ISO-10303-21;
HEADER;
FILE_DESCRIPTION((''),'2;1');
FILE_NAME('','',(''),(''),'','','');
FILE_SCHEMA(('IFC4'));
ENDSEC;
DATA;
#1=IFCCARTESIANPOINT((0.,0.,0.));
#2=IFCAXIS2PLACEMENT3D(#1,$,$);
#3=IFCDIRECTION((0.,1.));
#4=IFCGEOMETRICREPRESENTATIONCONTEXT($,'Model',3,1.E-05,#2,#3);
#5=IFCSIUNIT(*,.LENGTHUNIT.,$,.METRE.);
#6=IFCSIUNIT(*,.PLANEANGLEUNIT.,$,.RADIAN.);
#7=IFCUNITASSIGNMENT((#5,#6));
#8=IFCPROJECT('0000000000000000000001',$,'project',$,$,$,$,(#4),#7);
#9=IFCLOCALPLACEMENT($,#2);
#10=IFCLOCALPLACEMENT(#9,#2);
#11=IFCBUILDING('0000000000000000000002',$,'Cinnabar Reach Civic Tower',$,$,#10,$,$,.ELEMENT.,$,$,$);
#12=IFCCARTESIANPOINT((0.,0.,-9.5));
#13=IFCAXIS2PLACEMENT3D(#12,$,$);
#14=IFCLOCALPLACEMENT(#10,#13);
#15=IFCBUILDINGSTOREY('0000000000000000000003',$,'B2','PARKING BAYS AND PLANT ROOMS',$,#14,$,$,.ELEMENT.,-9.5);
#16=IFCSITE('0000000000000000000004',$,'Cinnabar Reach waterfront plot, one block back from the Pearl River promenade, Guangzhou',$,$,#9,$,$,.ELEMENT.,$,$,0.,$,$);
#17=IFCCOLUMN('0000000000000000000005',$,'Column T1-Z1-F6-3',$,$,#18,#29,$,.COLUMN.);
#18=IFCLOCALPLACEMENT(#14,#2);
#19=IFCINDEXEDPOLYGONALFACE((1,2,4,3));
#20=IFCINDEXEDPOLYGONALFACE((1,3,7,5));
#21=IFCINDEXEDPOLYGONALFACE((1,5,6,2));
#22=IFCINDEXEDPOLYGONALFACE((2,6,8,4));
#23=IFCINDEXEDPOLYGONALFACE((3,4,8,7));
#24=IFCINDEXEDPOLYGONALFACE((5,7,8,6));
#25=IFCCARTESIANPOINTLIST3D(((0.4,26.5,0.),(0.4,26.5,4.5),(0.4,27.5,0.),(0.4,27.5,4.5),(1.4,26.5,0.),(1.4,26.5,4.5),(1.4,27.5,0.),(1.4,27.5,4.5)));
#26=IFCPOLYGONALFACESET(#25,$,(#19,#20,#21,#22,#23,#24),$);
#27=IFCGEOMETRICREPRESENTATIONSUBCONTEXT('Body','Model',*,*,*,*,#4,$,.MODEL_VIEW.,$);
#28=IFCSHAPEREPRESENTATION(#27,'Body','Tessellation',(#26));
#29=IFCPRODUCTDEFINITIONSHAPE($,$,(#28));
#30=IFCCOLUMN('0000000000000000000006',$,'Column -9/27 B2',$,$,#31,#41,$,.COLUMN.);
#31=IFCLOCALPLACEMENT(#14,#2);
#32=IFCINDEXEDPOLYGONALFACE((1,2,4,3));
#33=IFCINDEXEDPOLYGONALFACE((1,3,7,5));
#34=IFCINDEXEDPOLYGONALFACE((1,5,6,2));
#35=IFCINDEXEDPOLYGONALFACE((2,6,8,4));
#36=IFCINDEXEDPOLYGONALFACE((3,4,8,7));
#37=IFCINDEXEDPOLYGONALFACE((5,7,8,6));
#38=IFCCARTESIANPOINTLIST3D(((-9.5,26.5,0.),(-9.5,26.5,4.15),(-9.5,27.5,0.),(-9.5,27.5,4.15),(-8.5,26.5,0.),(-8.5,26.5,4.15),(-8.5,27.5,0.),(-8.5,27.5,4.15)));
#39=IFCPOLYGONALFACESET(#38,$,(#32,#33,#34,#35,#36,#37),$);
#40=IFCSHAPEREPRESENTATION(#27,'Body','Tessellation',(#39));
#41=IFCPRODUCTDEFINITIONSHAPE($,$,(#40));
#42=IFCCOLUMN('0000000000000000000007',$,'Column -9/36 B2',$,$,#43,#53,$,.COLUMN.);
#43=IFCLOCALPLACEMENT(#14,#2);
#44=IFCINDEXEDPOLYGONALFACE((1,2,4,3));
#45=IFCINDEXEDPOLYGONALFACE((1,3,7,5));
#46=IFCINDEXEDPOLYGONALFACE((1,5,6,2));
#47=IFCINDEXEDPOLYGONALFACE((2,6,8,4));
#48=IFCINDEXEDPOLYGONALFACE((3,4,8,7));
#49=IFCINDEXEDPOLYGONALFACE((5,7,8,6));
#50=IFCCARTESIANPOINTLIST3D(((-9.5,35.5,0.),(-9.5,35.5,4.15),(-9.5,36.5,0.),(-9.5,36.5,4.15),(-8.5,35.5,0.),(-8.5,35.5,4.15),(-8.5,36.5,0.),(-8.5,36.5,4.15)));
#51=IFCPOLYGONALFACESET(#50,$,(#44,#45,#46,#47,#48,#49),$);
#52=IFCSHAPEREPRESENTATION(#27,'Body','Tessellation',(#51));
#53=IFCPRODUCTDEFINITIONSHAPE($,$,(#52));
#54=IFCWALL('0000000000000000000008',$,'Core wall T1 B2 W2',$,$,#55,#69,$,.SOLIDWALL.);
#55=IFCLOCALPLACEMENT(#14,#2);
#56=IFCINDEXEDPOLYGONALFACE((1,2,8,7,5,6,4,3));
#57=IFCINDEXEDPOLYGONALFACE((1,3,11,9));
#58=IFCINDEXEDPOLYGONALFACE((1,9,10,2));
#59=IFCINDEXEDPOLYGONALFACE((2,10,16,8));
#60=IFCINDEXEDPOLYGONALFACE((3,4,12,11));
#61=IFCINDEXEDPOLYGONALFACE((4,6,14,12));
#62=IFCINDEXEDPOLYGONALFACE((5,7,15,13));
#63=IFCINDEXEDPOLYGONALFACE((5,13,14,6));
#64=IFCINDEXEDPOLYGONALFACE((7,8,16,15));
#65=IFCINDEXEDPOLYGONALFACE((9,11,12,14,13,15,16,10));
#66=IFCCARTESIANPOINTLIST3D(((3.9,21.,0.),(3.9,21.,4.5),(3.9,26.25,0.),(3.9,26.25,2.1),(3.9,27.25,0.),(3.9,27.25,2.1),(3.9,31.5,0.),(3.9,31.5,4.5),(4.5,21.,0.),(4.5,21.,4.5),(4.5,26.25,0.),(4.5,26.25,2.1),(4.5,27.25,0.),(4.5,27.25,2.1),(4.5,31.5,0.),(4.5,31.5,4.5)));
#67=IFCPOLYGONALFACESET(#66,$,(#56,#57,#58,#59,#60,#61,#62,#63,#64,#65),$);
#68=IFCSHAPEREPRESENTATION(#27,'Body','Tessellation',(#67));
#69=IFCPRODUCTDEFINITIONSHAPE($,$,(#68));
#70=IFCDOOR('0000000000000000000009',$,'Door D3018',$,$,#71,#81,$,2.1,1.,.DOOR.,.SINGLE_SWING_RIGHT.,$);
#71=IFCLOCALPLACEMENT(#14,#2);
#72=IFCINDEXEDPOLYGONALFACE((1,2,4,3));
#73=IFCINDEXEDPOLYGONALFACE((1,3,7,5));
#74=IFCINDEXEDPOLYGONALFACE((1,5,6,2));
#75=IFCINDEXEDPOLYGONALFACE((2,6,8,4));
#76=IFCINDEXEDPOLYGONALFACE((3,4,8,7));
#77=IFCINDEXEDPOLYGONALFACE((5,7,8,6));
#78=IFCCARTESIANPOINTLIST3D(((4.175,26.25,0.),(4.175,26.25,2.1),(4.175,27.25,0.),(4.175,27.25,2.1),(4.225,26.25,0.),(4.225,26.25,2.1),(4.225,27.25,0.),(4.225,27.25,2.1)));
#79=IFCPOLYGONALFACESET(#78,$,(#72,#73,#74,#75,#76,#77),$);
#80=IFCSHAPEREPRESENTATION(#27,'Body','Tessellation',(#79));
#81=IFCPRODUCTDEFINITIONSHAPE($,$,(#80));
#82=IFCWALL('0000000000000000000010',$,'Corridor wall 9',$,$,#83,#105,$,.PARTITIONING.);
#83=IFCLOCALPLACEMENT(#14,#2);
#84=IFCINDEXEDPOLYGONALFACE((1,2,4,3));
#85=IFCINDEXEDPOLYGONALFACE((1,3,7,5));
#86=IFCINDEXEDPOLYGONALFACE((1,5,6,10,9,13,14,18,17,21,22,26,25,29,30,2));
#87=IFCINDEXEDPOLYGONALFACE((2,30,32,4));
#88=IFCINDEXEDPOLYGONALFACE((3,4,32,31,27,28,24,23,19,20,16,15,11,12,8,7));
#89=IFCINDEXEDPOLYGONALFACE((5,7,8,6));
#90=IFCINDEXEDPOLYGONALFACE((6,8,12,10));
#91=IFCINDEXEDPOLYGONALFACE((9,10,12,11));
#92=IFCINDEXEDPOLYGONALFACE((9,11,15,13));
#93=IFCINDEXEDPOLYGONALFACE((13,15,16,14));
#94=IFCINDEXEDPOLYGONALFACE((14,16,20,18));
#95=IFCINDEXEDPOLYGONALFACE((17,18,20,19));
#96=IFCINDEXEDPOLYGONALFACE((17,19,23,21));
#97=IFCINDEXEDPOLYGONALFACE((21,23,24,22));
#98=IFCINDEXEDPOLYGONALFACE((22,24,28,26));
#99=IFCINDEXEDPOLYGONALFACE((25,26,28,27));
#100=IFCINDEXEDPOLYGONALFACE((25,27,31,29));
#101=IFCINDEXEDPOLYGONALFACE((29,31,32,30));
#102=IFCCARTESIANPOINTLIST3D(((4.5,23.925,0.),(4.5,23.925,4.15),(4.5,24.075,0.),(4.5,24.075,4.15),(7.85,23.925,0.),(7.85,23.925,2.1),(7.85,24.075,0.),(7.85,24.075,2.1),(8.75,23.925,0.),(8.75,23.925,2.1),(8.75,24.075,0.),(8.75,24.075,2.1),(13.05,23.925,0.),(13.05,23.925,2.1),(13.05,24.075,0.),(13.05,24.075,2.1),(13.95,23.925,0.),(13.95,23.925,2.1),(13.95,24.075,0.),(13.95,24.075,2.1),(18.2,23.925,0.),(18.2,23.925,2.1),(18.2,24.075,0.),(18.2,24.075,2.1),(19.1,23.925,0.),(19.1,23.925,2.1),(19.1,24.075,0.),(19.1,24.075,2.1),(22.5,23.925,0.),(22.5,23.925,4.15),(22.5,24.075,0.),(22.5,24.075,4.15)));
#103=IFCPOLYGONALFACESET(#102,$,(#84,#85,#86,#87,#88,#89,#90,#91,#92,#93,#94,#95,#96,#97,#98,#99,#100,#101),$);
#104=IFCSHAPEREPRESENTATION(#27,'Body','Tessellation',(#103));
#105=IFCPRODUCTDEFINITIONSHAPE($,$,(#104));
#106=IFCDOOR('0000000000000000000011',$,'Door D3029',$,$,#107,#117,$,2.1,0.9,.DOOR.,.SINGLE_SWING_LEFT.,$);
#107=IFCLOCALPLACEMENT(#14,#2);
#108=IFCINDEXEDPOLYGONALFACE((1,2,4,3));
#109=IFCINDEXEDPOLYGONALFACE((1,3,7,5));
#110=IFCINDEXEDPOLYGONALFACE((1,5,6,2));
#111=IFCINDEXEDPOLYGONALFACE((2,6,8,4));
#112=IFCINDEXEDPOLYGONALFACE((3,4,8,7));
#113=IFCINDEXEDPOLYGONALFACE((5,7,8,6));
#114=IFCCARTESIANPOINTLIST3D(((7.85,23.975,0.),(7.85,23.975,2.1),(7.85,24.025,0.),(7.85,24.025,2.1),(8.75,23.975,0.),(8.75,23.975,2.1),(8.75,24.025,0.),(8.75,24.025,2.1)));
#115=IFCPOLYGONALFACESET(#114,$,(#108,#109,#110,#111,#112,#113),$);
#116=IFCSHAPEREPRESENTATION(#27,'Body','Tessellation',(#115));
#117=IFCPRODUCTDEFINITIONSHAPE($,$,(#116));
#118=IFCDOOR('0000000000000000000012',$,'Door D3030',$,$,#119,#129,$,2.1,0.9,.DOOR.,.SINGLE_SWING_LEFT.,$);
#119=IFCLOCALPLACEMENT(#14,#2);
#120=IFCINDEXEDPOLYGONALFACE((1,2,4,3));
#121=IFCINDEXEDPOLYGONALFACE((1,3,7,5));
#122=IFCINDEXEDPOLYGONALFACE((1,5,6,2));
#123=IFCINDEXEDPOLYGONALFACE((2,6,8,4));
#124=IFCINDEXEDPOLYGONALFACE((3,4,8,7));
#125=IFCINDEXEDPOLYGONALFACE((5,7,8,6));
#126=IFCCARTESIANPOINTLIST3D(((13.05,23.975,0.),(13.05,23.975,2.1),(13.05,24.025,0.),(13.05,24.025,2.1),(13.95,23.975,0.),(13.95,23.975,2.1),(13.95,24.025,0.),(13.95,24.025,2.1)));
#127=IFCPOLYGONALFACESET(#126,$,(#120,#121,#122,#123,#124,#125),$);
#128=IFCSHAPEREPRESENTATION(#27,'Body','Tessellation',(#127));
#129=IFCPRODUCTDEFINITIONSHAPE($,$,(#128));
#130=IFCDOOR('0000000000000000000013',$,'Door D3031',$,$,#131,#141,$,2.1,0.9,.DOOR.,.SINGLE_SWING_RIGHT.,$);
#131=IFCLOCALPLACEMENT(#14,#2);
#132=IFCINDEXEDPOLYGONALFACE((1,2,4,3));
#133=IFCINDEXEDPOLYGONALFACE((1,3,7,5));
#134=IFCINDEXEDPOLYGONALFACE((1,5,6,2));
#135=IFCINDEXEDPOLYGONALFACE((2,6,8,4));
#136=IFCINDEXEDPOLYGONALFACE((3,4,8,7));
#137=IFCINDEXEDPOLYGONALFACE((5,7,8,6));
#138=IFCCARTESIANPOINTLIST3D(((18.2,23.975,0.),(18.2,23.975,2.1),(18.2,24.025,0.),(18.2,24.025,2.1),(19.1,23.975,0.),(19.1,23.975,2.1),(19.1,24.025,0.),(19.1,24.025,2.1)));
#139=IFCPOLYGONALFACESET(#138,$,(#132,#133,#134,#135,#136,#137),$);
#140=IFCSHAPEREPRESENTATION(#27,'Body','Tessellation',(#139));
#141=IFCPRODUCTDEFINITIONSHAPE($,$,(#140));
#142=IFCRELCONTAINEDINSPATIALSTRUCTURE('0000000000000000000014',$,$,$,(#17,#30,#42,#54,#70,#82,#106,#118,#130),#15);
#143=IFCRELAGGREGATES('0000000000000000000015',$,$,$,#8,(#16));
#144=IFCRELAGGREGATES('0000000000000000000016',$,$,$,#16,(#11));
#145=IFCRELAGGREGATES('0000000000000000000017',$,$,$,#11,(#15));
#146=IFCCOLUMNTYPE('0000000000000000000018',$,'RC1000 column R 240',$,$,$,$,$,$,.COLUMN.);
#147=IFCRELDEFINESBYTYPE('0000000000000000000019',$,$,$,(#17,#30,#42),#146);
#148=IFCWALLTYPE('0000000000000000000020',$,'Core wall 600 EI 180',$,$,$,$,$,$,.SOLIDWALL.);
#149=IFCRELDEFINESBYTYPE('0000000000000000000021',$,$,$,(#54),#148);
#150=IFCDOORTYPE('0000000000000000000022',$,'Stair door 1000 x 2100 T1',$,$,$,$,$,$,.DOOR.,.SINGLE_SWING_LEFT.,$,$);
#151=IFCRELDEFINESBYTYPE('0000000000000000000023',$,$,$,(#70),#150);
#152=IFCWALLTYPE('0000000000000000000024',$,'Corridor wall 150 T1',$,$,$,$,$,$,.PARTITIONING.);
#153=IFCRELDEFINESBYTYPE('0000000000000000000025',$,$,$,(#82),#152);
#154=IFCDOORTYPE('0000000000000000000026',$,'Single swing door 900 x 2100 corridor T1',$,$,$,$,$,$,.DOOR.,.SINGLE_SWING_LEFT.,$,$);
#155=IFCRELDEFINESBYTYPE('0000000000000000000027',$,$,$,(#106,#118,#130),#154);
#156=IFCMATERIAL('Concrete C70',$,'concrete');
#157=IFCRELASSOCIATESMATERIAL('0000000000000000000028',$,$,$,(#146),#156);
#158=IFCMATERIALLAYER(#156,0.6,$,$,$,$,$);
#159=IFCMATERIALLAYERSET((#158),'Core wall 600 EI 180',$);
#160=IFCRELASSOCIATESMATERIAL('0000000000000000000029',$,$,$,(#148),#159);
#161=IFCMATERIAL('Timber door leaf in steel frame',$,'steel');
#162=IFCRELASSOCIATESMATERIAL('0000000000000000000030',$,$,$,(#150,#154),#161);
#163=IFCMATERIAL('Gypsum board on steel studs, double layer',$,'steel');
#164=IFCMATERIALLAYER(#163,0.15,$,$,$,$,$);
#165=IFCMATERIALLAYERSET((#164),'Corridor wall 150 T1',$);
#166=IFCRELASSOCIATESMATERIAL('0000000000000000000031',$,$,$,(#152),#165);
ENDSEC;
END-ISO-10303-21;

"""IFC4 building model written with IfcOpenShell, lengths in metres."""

from ifc_helpers import new_model, si_unit, direction, frame, frame_2d, origin, origin_2d, place, context, subcontext, project, spatial, rectangle, extrude, material, layer, layer_set, material_profile, profile_set, type_object, element, fill, save


model = new_model("IFC4")

# Units and contexts
model_context = context("Model", 3, precision=1e-05, world=origin(), true_north=direction((0.0, 1.0)))
body_context = subcontext(model_context, "Body", "Model", "MODEL_VIEW")
ifc_project = project(units=[si_unit("LENGTHUNIT", "METRE"), si_unit("PLANEANGLEUNIT", "RADIAN")], contexts=[model_context])

# Site, building, storey
site_placement = place(None, origin())
site = spatial("IfcSite", under=ifc_project, at=site_placement, Name="Cinnabar Reach waterfront plot, one block back from the Pearl River promenade, Guangzhou", CompositionType="ELEMENT", RefElevation=0.0)
building_placement = place(site_placement, origin())
building = spatial("IfcBuilding", under=site, at=building_placement, Name="Cinnabar Reach Civic Tower", CompositionType="ELEMENT")
storey_placement = place(building_placement, frame((0.0, 0.0, -9.5)))
storey = spatial("IfcBuildingStorey", under=building, at=storey_placement, Name="B2", Description="PARKING BAYS AND PLANT ROOMS", CompositionType="ELEMENT", Elevation=-9.5)

# Columns
ifc_material_1 = material(Name="Concrete C70", Category="concrete")
ifc_material_profile = material_profile(ifc_material_1, rectangle(XDim=1.0, YDim=1.0, at=origin_2d()), Name="RC1000")
ifc_profile_set = profile_set([ifc_material_profile], Name="Concrete C70")
column_type = type_object("IfcColumnType", Name="RC1000 column R 240", PredefinedType="COLUMN", material=ifc_profile_set)
column_placement = place(storey_placement, frame((0.9, 27.0, 0.0), z_axis=(0.0, 0.0, 1.0), x_axis=(1.0, 0.0, 0.0)))
element("IfcColumn", 1, at=column_placement, inside=storey, type_object=column_type, Name="Column T1-Z1-F6-3", PredefinedType="COLUMN", context=body_context, shape_type="SweptSolid", body=[
    extrude(rectangle(XDim=1.0, YDim=1.0, at=origin_2d()), origin(), (0.0, 0.0, 1.0), 4.5),
])
for number, where, z_axis, x_axis, name in (
    (2, (-9.0, 27.0, 0.0), (0.0, 0.0, 1.0), (1.0, 0.0, 0.0), "Column -9/27 B2"),
    (3, (-9.0, 36.0, 0.0), (0.0, 0.0, 1.0), (1.0, 0.0, 0.0), "Column -9/36 B2"),
):
    element("IfcColumn", number, at=place(storey_placement, frame(where, z_axis=z_axis, x_axis=x_axis)), inside=storey, type_object=column_type, Name=name, PredefinedType="COLUMN", context=body_context, shape_type="SweptSolid", body=[
        extrude(rectangle(XDim=1.0, YDim=1.0, at=origin_2d()), origin(), (0.0, 0.0, 1.0), 4.15),
    ])

# Wall, opening, door
ifc_layer_1 = layer(ifc_material_1, 0.6)
ifc_layer_set_1 = layer_set([ifc_layer_1], Name="Core wall 600 EI 180")
wall_type_1 = type_object("IfcWallType", Name="Core wall 600 EI 180", PredefinedType="SOLIDWALL", material=ifc_layer_set_1)
wall_1_placement = place(storey_placement, frame((4.2, 31.5, 0.0), z_axis=(0.0, 0.0, 1.0), x_axis=(0.0, -1.0, 0.0)))
wall_1 = element("IfcWall", 4, at=wall_1_placement, inside=storey, type_object=wall_type_1, Name="Core wall T1 B2 W2", PredefinedType="SOLIDWALL", context=body_context, shape_type="SweptSolid", body=[
    extrude(rectangle(XDim=10.5, YDim=0.6, at=frame_2d((5.25, 0.0))), origin(), (0.0, 0.0, 1.0), 4.5),
])
opening_1_placement = place(wall_1_placement, frame((4.25, 0.0, 0.0)))
opening_1 = element("IfcOpeningElement", 5, at=opening_1_placement, cuts=wall_1, PredefinedType="OPENING", context=body_context, shape_type="SweptSolid", body=[
    extrude(rectangle(XDim=1.0, YDim=2.1, at=frame_2d((0.5, 1.05))), frame((0.0, 0.31, 0.0), z_axis=(0.0, -1.0, 0.0), x_axis=(1.0, 0.0, 0.0)), (0.0, 0.0, 1.0), 0.62),
])
ifc_material_2 = material(Name="Timber door leaf in steel frame", Category="steel")
door_type_1 = type_object("IfcDoorType", Name="Stair door 1000 x 2100 T1", OperationType="SINGLE_SWING_LEFT", PredefinedType="DOOR", material=ifc_material_2)
door_1_placement = place(opening_1_placement, frame((1.0, 0.0, 0.0), z_axis=(0.0, 0.0, 1.0), x_axis=(-1.0, 0.0, 0.0)))
door_1 = element("IfcDoor", 6, at=door_1_placement, inside=storey, type_object=door_type_1, Name="Door D3018", OperationType="SINGLE_SWING_RIGHT", OverallHeight=2.1, OverallWidth=1.0, PredefinedType="DOOR", context=body_context, shape_type="SweptSolid", body=[
    extrude(rectangle(XDim=1.0, YDim=2.1, at=frame_2d((0.5, 1.05))), frame((0.0, 0.025, 0.0), z_axis=(0.0, -1.0, 0.0), x_axis=(1.0, 0.0, 0.0)), (0.0, 0.0, 1.0), 0.05),
])
fill(opening_1, door_1)

# Wall, openings, doors
ifc_material_3 = material(Name="Gypsum board on steel studs, double layer", Category="steel")
ifc_layer_2 = layer(ifc_material_3, 0.15)
ifc_layer_set_2 = layer_set([ifc_layer_2], Name="Corridor wall 150 T1")
wall_type_2 = type_object("IfcWallType", Name="Corridor wall 150 T1", PredefinedType="PARTITIONING", material=ifc_layer_set_2)
wall_2_placement = place(storey_placement, frame((4.5, 24.0, 0.0), z_axis=(0.0, 0.0, 1.0), x_axis=(1.0, 0.0, 0.0)))
wall_2 = element("IfcWall", 7, at=wall_2_placement, inside=storey, type_object=wall_type_2, Name="Corridor wall 9", PredefinedType="PARTITIONING", context=body_context, shape_type="SweptSolid", body=[
    extrude(rectangle(XDim=18.0, YDim=0.15, at=frame_2d((9.0, 0.0))), origin(), (0.0, 0.0, 1.0), 4.15),
])
opening_2_placement = place(wall_2_placement, frame((3.35, 0.0, 0.0)))
opening_2 = element("IfcOpeningElement", 8, at=opening_2_placement, cuts=wall_2, PredefinedType="OPENING", context=body_context, shape_type="SweptSolid", body=[
    extrude(rectangle(XDim=0.9, YDim=2.1, at=frame_2d((0.45, 1.05))), frame((0.0, 0.085, 0.0), z_axis=(0.0, -1.0, 0.0), x_axis=(1.0, 0.0, 0.0)), (0.0, 0.0, 1.0), 0.17),
])
opening_3_placement = place(wall_2_placement, frame((8.55, 0.0, 0.0)))
opening_3 = element("IfcOpeningElement", 9, at=opening_3_placement, cuts=wall_2, PredefinedType="OPENING", context=body_context, shape_type="SweptSolid", body=[
    extrude(rectangle(XDim=0.9, YDim=2.1, at=frame_2d((0.45, 1.05))), frame((0.0, 0.085, 0.0), z_axis=(0.0, -1.0, 0.0), x_axis=(1.0, 0.0, 0.0)), (0.0, 0.0, 1.0), 0.17),
])
opening_4_placement = place(wall_2_placement, frame((13.7, 0.0, 0.0)))
opening_4 = element("IfcOpeningElement", 10, at=opening_4_placement, cuts=wall_2, PredefinedType="OPENING", context=body_context, shape_type="SweptSolid", body=[
    extrude(rectangle(XDim=0.9, YDim=2.1, at=frame_2d((0.45, 1.05))), frame((0.0, 0.085, 0.0), z_axis=(0.0, -1.0, 0.0), x_axis=(1.0, 0.0, 0.0)), (0.0, 0.0, 1.0), 0.17),
])
door_type_2 = type_object("IfcDoorType", Name="Single swing door 900 x 2100 corridor T1", OperationType="SINGLE_SWING_LEFT", PredefinedType="DOOR", material=ifc_material_2)
door_2_placement = place(opening_2_placement, frame((0.9, 0.0, 0.0), z_axis=(0.0, 0.0, 1.0), x_axis=(-1.0, 0.0, 0.0)))
door_2 = element("IfcDoor", 11, at=door_2_placement, inside=storey, type_object=door_type_2, Name="Door D3029", OperationType="SINGLE_SWING_LEFT", OverallHeight=2.1, OverallWidth=0.9, PredefinedType="DOOR", context=body_context, shape_type="SweptSolid", body=[
    extrude(rectangle(XDim=0.9, YDim=2.1, at=frame_2d((0.45, 1.05))), frame((0.0, 0.025, 0.0), z_axis=(0.0, -1.0, 0.0), x_axis=(1.0, 0.0, 0.0)), (0.0, 0.0, 1.0), 0.05),
])
fill(opening_2, door_2)
door_3_placement = place(opening_3_placement, frame((0.9, 0.0, 0.0), z_axis=(0.0, 0.0, 1.0), x_axis=(-1.0, 0.0, 0.0)))
door_3 = element("IfcDoor", 12, at=door_3_placement, inside=storey, type_object=door_type_2, Name="Door D3030", OperationType="SINGLE_SWING_LEFT", OverallHeight=2.1, OverallWidth=0.9, PredefinedType="DOOR", context=body_context, shape_type="SweptSolid", body=[
    extrude(rectangle(XDim=0.9, YDim=2.1, at=frame_2d((0.45, 1.05))), frame((0.0, 0.025, 0.0), z_axis=(0.0, -1.0, 0.0), x_axis=(1.0, 0.0, 0.0)), (0.0, 0.0, 1.0), 0.05),
])
fill(opening_3, door_3)
door_4_placement = place(opening_4_placement, frame((0.9, 0.0, 0.0), z_axis=(0.0, 0.0, 1.0), x_axis=(-1.0, 0.0, 0.0)))
door_4 = element("IfcDoor", 13, at=door_4_placement, inside=storey, type_object=door_type_2, Name="Door D3031", OperationType="SINGLE_SWING_RIGHT", OverallHeight=2.1, OverallWidth=0.9, PredefinedType="DOOR", context=body_context, shape_type="SweptSolid", body=[
    extrude(rectangle(XDim=0.9, YDim=2.1, at=frame_2d((0.45, 1.05))), frame((0.0, 0.025, 0.0), z_axis=(0.0, -1.0, 0.0), x_axis=(1.0, 0.0, 0.0)), (0.0, 0.0, 1.0), 0.05),
])
fill(opening_4, door_4)

save(model, "model.ifc")
